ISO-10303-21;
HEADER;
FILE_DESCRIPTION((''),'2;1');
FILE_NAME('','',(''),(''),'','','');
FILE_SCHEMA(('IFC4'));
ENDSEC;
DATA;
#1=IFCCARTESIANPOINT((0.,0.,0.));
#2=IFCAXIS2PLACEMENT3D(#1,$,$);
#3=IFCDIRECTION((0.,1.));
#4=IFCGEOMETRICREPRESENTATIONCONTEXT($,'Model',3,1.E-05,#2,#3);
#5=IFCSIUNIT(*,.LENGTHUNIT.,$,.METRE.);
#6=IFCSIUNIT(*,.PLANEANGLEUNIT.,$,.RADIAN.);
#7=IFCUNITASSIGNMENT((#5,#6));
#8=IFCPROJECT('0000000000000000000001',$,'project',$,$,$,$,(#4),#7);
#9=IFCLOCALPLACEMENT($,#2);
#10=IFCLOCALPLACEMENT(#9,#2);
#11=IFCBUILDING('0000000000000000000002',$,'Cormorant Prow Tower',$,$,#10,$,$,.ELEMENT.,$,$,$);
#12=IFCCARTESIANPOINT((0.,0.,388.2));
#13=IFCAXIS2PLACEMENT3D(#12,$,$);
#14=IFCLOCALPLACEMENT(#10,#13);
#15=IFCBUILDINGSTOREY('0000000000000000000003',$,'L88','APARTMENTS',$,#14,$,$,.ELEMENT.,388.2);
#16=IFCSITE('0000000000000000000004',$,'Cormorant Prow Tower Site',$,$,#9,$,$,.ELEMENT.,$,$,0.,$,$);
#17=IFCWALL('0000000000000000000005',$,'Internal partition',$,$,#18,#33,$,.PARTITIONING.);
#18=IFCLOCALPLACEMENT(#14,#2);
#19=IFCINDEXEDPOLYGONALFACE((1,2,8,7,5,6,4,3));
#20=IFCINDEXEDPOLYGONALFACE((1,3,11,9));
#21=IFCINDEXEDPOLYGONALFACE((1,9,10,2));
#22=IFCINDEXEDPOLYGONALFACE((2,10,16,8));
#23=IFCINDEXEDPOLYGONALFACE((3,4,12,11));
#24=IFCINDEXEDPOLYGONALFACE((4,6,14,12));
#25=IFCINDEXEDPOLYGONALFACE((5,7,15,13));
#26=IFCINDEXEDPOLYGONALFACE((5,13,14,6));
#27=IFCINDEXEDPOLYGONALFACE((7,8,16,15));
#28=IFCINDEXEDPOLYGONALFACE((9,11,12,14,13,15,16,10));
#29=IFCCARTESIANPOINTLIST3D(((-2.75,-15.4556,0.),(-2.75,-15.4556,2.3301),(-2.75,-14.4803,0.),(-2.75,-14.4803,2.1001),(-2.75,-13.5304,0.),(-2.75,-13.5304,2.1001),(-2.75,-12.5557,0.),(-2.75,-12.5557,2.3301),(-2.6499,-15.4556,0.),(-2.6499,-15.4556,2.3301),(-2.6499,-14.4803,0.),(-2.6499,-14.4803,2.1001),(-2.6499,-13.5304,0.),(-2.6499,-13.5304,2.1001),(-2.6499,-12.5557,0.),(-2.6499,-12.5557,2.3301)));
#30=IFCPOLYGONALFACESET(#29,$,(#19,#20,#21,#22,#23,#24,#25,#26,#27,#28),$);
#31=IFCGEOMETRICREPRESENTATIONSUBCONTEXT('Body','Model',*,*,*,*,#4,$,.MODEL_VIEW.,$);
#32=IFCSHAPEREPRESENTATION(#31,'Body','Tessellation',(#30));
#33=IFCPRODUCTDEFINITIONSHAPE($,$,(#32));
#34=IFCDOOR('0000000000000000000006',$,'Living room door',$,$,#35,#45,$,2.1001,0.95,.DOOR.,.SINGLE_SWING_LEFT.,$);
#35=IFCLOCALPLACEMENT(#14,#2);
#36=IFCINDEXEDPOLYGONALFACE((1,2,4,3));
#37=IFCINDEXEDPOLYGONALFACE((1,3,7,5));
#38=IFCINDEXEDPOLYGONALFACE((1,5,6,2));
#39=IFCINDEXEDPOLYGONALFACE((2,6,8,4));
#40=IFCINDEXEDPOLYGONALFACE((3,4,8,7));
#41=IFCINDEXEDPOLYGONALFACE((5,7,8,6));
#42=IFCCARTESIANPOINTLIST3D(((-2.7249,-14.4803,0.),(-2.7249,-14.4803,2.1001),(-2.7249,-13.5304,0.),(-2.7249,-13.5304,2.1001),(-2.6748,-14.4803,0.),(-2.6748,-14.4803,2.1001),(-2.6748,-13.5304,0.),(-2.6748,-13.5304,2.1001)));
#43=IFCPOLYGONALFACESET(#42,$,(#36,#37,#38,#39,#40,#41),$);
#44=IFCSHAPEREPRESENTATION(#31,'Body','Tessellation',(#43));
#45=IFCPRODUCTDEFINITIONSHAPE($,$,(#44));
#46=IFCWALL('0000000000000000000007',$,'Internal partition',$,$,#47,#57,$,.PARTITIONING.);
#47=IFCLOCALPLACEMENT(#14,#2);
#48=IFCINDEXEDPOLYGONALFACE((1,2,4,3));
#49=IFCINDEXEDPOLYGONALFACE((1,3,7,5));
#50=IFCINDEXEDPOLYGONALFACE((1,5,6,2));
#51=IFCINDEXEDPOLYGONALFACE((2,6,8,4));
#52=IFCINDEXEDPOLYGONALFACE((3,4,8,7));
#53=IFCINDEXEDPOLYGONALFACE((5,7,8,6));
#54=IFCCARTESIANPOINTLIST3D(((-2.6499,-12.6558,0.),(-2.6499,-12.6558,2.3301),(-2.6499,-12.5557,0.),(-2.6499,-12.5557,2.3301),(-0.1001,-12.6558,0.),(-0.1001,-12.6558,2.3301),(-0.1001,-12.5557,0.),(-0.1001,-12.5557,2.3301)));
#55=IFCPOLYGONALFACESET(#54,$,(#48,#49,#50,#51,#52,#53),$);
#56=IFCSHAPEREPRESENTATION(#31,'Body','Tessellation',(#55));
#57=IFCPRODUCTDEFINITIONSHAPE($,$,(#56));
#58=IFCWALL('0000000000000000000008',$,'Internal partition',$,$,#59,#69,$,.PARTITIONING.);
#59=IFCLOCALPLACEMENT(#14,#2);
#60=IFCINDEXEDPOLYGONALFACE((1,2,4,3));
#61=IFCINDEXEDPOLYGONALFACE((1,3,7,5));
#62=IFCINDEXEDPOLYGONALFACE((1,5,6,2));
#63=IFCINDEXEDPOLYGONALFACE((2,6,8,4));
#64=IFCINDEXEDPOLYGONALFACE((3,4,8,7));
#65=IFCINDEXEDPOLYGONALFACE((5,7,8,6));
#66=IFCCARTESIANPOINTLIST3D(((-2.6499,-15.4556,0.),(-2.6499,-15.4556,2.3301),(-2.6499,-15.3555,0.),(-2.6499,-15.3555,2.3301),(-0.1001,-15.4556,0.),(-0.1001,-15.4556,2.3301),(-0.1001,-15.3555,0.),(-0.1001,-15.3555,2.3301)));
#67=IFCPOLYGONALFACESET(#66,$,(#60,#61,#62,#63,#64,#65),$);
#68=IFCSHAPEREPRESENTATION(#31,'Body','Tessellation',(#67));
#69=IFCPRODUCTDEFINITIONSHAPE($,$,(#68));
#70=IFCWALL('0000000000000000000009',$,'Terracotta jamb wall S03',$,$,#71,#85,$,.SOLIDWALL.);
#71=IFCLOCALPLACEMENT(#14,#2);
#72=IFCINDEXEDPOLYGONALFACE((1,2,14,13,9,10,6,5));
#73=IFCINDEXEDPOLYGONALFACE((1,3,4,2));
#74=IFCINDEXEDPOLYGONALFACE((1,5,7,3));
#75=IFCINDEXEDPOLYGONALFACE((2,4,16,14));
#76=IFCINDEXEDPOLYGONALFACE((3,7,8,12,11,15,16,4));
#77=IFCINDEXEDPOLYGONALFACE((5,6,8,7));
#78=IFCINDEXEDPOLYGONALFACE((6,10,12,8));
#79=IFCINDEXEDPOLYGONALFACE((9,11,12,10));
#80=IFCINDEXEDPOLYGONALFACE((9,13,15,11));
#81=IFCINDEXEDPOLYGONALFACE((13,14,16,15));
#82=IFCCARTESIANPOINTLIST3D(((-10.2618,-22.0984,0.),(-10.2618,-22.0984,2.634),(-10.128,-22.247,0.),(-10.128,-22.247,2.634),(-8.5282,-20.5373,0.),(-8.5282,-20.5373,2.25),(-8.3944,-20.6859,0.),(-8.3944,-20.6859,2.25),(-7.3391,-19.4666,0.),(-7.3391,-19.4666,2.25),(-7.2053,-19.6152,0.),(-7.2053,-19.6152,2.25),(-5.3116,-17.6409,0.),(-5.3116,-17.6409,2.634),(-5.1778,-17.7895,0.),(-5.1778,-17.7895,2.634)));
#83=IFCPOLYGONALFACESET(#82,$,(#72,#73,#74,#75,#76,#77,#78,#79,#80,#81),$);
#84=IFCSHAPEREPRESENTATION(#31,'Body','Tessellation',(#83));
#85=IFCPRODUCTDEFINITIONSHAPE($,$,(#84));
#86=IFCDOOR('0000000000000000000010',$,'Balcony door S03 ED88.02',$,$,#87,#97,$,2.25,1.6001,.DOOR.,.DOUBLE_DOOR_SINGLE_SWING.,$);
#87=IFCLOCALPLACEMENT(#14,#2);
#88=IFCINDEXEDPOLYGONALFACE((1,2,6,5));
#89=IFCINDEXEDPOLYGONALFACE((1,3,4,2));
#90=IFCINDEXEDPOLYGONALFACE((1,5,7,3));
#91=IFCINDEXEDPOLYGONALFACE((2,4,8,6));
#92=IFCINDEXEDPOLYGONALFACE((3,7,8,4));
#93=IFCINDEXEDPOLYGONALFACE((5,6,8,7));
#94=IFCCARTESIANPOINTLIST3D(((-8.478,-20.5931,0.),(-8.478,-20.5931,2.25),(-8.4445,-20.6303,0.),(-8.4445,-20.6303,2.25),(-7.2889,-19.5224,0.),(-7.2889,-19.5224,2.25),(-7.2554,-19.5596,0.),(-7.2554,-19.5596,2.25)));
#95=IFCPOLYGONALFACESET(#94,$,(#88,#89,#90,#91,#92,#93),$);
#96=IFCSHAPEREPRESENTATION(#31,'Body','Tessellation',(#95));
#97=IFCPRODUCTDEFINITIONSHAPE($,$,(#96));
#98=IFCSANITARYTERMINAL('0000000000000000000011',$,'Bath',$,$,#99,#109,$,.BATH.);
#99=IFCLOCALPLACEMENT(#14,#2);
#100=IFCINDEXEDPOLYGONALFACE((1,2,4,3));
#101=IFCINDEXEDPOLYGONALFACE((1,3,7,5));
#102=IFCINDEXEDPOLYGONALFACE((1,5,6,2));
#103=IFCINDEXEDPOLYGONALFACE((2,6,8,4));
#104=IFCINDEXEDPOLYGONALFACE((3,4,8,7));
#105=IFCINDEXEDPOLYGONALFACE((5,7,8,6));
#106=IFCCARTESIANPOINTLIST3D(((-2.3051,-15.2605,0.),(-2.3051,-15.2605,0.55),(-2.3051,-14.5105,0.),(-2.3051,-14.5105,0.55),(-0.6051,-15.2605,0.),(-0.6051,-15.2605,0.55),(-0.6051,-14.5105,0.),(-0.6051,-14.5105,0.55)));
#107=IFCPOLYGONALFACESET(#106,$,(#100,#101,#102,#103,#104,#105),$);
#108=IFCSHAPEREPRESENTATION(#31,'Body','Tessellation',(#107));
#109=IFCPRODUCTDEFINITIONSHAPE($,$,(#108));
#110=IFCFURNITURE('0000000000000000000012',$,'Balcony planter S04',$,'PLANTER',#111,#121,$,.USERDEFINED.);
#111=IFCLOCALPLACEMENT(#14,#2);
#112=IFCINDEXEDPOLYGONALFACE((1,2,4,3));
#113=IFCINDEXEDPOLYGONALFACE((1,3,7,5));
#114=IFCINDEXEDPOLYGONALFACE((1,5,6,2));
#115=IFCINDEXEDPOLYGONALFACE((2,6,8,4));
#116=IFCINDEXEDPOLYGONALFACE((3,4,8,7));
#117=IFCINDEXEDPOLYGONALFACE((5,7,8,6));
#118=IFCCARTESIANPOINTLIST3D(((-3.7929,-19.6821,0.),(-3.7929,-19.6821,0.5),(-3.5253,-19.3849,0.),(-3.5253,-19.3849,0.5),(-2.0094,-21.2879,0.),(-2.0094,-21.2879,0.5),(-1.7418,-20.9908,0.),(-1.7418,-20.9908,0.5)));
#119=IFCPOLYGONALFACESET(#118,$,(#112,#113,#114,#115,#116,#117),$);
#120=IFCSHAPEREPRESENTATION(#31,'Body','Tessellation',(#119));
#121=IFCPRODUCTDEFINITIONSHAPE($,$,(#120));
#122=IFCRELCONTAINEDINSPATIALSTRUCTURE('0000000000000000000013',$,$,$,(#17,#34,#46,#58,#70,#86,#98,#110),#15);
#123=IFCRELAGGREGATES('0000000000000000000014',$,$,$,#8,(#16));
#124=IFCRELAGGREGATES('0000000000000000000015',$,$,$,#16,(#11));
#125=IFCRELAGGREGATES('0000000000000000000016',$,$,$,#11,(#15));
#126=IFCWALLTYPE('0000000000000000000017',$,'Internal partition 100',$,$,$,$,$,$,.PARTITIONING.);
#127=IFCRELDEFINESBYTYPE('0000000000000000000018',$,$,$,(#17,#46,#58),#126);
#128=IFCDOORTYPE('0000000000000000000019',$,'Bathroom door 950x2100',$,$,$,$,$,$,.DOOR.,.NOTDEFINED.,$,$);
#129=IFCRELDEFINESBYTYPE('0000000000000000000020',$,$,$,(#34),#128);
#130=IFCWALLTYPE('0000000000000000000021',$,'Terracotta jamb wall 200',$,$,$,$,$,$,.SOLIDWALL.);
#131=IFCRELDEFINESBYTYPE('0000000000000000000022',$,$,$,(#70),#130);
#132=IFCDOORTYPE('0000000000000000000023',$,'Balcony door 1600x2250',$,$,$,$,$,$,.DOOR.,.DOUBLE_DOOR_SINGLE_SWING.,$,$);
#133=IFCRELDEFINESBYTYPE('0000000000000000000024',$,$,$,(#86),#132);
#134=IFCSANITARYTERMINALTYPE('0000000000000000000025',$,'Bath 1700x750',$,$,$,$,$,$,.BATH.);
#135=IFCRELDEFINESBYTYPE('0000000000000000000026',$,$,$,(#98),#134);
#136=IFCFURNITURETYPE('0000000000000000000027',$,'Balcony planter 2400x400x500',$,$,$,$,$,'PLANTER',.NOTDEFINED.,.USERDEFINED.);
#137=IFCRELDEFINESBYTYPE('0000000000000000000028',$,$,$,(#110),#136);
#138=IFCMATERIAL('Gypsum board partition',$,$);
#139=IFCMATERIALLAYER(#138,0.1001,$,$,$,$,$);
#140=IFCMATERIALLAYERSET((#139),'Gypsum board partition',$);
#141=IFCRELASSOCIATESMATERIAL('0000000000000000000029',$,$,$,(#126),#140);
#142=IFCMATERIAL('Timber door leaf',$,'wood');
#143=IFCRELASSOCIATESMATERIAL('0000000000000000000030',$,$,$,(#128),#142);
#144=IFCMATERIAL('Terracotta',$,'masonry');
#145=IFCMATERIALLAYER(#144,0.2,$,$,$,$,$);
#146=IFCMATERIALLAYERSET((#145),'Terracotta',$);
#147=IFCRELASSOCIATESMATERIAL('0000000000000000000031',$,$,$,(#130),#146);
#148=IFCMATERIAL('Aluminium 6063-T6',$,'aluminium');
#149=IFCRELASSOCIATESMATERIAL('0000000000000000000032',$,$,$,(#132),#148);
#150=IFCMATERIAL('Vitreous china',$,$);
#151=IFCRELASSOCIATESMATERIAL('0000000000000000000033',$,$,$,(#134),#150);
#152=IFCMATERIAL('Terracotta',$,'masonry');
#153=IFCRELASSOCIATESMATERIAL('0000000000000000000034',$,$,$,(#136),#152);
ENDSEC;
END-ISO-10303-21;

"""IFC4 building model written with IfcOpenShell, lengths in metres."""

from ifc_helpers import new_model, si_unit, direction, frame, frame_2d, origin, origin_2d, place, context, subcontext, project, spatial, rectangle, extrude, material, layer, layer_set, type_object, element, fill, save


model = new_model("IFC4")

# Units and contexts
model_context = context("Model", 3, precision=1e-05, world=origin(), true_north=direction((0.0, 1.0)))
body_context = subcontext(model_context, "Body", "Model", "MODEL_VIEW")
ifc_project = project(units=[si_unit("LENGTHUNIT", "METRE"), si_unit("PLANEANGLEUNIT", "RADIAN")], contexts=[model_context])

# Site, building, storey
site_placement = place(None, origin())
site = spatial("IfcSite", under=ifc_project, at=site_placement, Name="Cormorant Prow Tower Site", CompositionType="ELEMENT", RefElevation=0.0)
building_placement = place(site_placement, origin())
building = spatial("IfcBuilding", under=site, at=building_placement, Name="Cormorant Prow Tower", CompositionType="ELEMENT")
storey_placement = place(building_placement, frame((0.0, 0.0, 388.2)))
storey = spatial("IfcBuildingStorey", under=building, at=storey_placement, Name="L88", Description="APARTMENTS", CompositionType="ELEMENT", Elevation=388.2)

# Wall, opening, door
ifc_material_1 = material(Name="Gypsum board partition")
ifc_layer_1 = layer(ifc_material_1, 0.1001)
ifc_layer_set_1 = layer_set([ifc_layer_1], Name="Gypsum board partition")
wall_type_1 = type_object("IfcWallType", Name="Internal partition 100", PredefinedType="PARTITIONING", material=ifc_layer_set_1)
ifc_material_2 = material(Name="Timber door leaf", Category="wood")
door_type_1 = type_object("IfcDoorType", Name="Bathroom door 950x2100", OperationType="NOTDEFINED", PredefinedType="DOOR", material=ifc_material_2)
wall_1_placement = place(storey_placement, frame((-2.7, -15.4556, 0.0), z_axis=(0.0, 0.0, 1.0), x_axis=(0.0, 1.0, 0.0)))
wall_1 = element("IfcWall", 1, at=wall_1_placement, inside=storey, type_object=wall_type_1, Name="Internal partition", PredefinedType="PARTITIONING", context=body_context, shape_type="SweptSolid", body=[
    extrude(rectangle(XDim=2.8999, YDim=0.1001, at=frame_2d((1.45, 0.0))), origin(), (0.0, 0.0, 1.0), 2.3301),
])
opening_1_placement = place(wall_1_placement, frame((0.9751, 0.0, 0.0)))
opening_1 = element("IfcOpeningElement", 2, at=opening_1_placement, cuts=wall_1, PredefinedType="OPENING", context=body_context, shape_type="SweptSolid", body=[
    extrude(rectangle(XDim=0.95, YDim=2.1001, at=frame_2d((0.4751, 1.05))), frame((0.0, 0.0601, 0.0), z_axis=(0.0, -1.0, 0.0), x_axis=(1.0, 0.0, 0.0)), (0.0, 0.0, 1.0), 0.1201),
])
door_1_placement = place(opening_1_placement, origin())
door_1 = element("IfcDoor", 3, at=door_1_placement, inside=storey, type_object=door_type_1, Name="Living room door", OperationType="SINGLE_SWING_LEFT", OverallHeight=2.1001, OverallWidth=0.95, PredefinedType="DOOR", context=body_context, shape_type="SweptSolid", body=[
    extrude(rectangle(XDim=0.95, YDim=2.1001, at=frame_2d((0.4751, 1.05))), frame((0.0, 0.0249, 0.0), z_axis=(0.0, -1.0, 0.0), x_axis=(1.0, 0.0, 0.0)), (0.0, 0.0, 1.0), 0.05),
])
fill(opening_1, door_1)

# Walls
for number, where, z_axis, x_axis, name in (
    (4, (-2.6499, -12.6057, 0.0), (0.0, 0.0, 1.0), (1.0, 0.0, 0.0), "Internal partition"),
    (5, (-2.6499, -15.4055, 0.0), (0.0, 0.0, 1.0), (1.0, 0.0, 0.0), "Internal partition"),
):
    element("IfcWall", number, at=place(storey_placement, frame(where, z_axis=z_axis, x_axis=x_axis)), inside=storey, type_object=wall_type_1, Name=name, PredefinedType="PARTITIONING", context=body_context, shape_type="SweptSolid", body=[
        extrude(rectangle(XDim=2.5498, YDim=0.1001, at=frame_2d((1.2749, 0.0))), origin(), (0.0, 0.0, 1.0), 2.3301),
    ])

# Wall, opening, door
ifc_material_3 = material(Name="Terracotta", Category="masonry")
ifc_layer_2 = layer(ifc_material_3, 0.2)
ifc_layer_set_2 = layer_set([ifc_layer_2], Name="Terracotta")
wall_type_2 = type_object("IfcWallType", Name="Terracotta jamb wall 200", PredefinedType="SOLIDWALL", material=ifc_layer_set_2)
wall_2_placement = place(storey_placement, frame((-10.1948, -22.1726, 0.0), z_axis=(0.0, 0.0, 1.0), x_axis=(0.743119, 0.669159, 0.0)))
wall_2 = element("IfcWall", 6, at=wall_2_placement, inside=storey, type_object=wall_type_2, Name="Terracotta jamb wall S03", PredefinedType="SOLIDWALL", context=body_context, shape_type="SweptSolid", body=[
    extrude(rectangle(XDim=6.6614, YDim=0.2, at=frame_2d((3.3306, 0.0))), origin(), (0.0, 0.0, 1.0), 2.634),
])
opening_2_placement = place(wall_2_placement, frame((2.3328, 0.0, 0.0)))
opening_2 = element("IfcOpeningElement", 7, at=opening_2_placement, cuts=wall_2, PredefinedType="OPENING", context=body_context, shape_type="SweptSolid", body=[
    extrude(rectangle(XDim=1.6001, YDim=2.25, at=frame_2d((0.8, 1.125))), frame((0.0, 0.1099, 0.0), z_axis=(0.0, -1.0, 0.0), x_axis=(1.0, 0.0, 0.0)), (0.0, 0.0, 1.0), 0.22),
])
ifc_material_4 = material(Name="Aluminium 6063-T6", Category="aluminium")
door_type_2 = type_object("IfcDoorType", Name="Balcony door 1600x2250", OperationType="DOUBLE_DOOR_SINGLE_SWING", PredefinedType="DOOR", material=ifc_material_4)
door_2_placement = place(opening_2_placement, origin())
door_2 = element("IfcDoor", 8, at=door_2_placement, inside=storey, type_object=door_type_2, Name="Balcony door S03 ED88.02", OperationType="DOUBLE_DOOR_SINGLE_SWING", OverallHeight=2.25, OverallWidth=1.6001, PredefinedType="DOOR", context=body_context, shape_type="SweptSolid", body=[
    extrude(rectangle(XDim=1.6001, YDim=2.25, at=frame_2d((0.8, 1.125))), frame((0.0, 0.0249, 0.0), z_axis=(0.0, -1.0, 0.0), x_axis=(1.0, 0.0, 0.0)), (0.0, 0.0, 1.0), 0.05),
])
fill(opening_2, door_2)

# Sanitary terminal
ifc_material_5 = material(Name="Vitreous china")
sanitary_terminal_type = type_object("IfcSanitaryTerminalType", Name="Bath 1700x750", PredefinedType="BATH", material=ifc_material_5)
sanitary_terminal_placement = place(storey_placement, frame((-1.4551, -14.8855, 0.0), z_axis=(0.0, 0.0, 1.0), x_axis=(1.0, 0.0, 0.0)))
element("IfcSanitaryTerminal", 9, at=sanitary_terminal_placement, inside=storey, type_object=sanitary_terminal_type, Name="Bath", PredefinedType="BATH", context=body_context, shape_type="SweptSolid", body=[
    extrude(rectangle(XDim=1.7, YDim=0.75, at=origin_2d()), origin(), (0.0, 0.0, 1.0), 0.55),
])

# Furniture
ifc_material_6 = material(Name="Terracotta", Category="masonry")
furniture_type = type_object("IfcFurnitureType", Name="Balcony planter 2400x400x500", ElementType="PLANTER", AssemblyPlace="NOTDEFINED", PredefinedType="USERDEFINED", material=ifc_material_6)
furniture_placement = place(storey_placement, frame((-2.7673, -20.3364, 0.0), z_axis=(0.0, 0.0, 1.0), x_axis=(0.743145, -0.669131, 0.0)))
element("IfcFurniture", 10, at=furniture_placement, inside=storey, type_object=furniture_type, Name="Balcony planter S04", ObjectType="PLANTER", PredefinedType="USERDEFINED", context=body_context, shape_type="SweptSolid", body=[
    extrude(rectangle(XDim=2.3999, YDim=0.3999, at=origin_2d()), origin(), (0.0, 0.0, 1.0), 0.5),
])

save(model, "model.ifc")
